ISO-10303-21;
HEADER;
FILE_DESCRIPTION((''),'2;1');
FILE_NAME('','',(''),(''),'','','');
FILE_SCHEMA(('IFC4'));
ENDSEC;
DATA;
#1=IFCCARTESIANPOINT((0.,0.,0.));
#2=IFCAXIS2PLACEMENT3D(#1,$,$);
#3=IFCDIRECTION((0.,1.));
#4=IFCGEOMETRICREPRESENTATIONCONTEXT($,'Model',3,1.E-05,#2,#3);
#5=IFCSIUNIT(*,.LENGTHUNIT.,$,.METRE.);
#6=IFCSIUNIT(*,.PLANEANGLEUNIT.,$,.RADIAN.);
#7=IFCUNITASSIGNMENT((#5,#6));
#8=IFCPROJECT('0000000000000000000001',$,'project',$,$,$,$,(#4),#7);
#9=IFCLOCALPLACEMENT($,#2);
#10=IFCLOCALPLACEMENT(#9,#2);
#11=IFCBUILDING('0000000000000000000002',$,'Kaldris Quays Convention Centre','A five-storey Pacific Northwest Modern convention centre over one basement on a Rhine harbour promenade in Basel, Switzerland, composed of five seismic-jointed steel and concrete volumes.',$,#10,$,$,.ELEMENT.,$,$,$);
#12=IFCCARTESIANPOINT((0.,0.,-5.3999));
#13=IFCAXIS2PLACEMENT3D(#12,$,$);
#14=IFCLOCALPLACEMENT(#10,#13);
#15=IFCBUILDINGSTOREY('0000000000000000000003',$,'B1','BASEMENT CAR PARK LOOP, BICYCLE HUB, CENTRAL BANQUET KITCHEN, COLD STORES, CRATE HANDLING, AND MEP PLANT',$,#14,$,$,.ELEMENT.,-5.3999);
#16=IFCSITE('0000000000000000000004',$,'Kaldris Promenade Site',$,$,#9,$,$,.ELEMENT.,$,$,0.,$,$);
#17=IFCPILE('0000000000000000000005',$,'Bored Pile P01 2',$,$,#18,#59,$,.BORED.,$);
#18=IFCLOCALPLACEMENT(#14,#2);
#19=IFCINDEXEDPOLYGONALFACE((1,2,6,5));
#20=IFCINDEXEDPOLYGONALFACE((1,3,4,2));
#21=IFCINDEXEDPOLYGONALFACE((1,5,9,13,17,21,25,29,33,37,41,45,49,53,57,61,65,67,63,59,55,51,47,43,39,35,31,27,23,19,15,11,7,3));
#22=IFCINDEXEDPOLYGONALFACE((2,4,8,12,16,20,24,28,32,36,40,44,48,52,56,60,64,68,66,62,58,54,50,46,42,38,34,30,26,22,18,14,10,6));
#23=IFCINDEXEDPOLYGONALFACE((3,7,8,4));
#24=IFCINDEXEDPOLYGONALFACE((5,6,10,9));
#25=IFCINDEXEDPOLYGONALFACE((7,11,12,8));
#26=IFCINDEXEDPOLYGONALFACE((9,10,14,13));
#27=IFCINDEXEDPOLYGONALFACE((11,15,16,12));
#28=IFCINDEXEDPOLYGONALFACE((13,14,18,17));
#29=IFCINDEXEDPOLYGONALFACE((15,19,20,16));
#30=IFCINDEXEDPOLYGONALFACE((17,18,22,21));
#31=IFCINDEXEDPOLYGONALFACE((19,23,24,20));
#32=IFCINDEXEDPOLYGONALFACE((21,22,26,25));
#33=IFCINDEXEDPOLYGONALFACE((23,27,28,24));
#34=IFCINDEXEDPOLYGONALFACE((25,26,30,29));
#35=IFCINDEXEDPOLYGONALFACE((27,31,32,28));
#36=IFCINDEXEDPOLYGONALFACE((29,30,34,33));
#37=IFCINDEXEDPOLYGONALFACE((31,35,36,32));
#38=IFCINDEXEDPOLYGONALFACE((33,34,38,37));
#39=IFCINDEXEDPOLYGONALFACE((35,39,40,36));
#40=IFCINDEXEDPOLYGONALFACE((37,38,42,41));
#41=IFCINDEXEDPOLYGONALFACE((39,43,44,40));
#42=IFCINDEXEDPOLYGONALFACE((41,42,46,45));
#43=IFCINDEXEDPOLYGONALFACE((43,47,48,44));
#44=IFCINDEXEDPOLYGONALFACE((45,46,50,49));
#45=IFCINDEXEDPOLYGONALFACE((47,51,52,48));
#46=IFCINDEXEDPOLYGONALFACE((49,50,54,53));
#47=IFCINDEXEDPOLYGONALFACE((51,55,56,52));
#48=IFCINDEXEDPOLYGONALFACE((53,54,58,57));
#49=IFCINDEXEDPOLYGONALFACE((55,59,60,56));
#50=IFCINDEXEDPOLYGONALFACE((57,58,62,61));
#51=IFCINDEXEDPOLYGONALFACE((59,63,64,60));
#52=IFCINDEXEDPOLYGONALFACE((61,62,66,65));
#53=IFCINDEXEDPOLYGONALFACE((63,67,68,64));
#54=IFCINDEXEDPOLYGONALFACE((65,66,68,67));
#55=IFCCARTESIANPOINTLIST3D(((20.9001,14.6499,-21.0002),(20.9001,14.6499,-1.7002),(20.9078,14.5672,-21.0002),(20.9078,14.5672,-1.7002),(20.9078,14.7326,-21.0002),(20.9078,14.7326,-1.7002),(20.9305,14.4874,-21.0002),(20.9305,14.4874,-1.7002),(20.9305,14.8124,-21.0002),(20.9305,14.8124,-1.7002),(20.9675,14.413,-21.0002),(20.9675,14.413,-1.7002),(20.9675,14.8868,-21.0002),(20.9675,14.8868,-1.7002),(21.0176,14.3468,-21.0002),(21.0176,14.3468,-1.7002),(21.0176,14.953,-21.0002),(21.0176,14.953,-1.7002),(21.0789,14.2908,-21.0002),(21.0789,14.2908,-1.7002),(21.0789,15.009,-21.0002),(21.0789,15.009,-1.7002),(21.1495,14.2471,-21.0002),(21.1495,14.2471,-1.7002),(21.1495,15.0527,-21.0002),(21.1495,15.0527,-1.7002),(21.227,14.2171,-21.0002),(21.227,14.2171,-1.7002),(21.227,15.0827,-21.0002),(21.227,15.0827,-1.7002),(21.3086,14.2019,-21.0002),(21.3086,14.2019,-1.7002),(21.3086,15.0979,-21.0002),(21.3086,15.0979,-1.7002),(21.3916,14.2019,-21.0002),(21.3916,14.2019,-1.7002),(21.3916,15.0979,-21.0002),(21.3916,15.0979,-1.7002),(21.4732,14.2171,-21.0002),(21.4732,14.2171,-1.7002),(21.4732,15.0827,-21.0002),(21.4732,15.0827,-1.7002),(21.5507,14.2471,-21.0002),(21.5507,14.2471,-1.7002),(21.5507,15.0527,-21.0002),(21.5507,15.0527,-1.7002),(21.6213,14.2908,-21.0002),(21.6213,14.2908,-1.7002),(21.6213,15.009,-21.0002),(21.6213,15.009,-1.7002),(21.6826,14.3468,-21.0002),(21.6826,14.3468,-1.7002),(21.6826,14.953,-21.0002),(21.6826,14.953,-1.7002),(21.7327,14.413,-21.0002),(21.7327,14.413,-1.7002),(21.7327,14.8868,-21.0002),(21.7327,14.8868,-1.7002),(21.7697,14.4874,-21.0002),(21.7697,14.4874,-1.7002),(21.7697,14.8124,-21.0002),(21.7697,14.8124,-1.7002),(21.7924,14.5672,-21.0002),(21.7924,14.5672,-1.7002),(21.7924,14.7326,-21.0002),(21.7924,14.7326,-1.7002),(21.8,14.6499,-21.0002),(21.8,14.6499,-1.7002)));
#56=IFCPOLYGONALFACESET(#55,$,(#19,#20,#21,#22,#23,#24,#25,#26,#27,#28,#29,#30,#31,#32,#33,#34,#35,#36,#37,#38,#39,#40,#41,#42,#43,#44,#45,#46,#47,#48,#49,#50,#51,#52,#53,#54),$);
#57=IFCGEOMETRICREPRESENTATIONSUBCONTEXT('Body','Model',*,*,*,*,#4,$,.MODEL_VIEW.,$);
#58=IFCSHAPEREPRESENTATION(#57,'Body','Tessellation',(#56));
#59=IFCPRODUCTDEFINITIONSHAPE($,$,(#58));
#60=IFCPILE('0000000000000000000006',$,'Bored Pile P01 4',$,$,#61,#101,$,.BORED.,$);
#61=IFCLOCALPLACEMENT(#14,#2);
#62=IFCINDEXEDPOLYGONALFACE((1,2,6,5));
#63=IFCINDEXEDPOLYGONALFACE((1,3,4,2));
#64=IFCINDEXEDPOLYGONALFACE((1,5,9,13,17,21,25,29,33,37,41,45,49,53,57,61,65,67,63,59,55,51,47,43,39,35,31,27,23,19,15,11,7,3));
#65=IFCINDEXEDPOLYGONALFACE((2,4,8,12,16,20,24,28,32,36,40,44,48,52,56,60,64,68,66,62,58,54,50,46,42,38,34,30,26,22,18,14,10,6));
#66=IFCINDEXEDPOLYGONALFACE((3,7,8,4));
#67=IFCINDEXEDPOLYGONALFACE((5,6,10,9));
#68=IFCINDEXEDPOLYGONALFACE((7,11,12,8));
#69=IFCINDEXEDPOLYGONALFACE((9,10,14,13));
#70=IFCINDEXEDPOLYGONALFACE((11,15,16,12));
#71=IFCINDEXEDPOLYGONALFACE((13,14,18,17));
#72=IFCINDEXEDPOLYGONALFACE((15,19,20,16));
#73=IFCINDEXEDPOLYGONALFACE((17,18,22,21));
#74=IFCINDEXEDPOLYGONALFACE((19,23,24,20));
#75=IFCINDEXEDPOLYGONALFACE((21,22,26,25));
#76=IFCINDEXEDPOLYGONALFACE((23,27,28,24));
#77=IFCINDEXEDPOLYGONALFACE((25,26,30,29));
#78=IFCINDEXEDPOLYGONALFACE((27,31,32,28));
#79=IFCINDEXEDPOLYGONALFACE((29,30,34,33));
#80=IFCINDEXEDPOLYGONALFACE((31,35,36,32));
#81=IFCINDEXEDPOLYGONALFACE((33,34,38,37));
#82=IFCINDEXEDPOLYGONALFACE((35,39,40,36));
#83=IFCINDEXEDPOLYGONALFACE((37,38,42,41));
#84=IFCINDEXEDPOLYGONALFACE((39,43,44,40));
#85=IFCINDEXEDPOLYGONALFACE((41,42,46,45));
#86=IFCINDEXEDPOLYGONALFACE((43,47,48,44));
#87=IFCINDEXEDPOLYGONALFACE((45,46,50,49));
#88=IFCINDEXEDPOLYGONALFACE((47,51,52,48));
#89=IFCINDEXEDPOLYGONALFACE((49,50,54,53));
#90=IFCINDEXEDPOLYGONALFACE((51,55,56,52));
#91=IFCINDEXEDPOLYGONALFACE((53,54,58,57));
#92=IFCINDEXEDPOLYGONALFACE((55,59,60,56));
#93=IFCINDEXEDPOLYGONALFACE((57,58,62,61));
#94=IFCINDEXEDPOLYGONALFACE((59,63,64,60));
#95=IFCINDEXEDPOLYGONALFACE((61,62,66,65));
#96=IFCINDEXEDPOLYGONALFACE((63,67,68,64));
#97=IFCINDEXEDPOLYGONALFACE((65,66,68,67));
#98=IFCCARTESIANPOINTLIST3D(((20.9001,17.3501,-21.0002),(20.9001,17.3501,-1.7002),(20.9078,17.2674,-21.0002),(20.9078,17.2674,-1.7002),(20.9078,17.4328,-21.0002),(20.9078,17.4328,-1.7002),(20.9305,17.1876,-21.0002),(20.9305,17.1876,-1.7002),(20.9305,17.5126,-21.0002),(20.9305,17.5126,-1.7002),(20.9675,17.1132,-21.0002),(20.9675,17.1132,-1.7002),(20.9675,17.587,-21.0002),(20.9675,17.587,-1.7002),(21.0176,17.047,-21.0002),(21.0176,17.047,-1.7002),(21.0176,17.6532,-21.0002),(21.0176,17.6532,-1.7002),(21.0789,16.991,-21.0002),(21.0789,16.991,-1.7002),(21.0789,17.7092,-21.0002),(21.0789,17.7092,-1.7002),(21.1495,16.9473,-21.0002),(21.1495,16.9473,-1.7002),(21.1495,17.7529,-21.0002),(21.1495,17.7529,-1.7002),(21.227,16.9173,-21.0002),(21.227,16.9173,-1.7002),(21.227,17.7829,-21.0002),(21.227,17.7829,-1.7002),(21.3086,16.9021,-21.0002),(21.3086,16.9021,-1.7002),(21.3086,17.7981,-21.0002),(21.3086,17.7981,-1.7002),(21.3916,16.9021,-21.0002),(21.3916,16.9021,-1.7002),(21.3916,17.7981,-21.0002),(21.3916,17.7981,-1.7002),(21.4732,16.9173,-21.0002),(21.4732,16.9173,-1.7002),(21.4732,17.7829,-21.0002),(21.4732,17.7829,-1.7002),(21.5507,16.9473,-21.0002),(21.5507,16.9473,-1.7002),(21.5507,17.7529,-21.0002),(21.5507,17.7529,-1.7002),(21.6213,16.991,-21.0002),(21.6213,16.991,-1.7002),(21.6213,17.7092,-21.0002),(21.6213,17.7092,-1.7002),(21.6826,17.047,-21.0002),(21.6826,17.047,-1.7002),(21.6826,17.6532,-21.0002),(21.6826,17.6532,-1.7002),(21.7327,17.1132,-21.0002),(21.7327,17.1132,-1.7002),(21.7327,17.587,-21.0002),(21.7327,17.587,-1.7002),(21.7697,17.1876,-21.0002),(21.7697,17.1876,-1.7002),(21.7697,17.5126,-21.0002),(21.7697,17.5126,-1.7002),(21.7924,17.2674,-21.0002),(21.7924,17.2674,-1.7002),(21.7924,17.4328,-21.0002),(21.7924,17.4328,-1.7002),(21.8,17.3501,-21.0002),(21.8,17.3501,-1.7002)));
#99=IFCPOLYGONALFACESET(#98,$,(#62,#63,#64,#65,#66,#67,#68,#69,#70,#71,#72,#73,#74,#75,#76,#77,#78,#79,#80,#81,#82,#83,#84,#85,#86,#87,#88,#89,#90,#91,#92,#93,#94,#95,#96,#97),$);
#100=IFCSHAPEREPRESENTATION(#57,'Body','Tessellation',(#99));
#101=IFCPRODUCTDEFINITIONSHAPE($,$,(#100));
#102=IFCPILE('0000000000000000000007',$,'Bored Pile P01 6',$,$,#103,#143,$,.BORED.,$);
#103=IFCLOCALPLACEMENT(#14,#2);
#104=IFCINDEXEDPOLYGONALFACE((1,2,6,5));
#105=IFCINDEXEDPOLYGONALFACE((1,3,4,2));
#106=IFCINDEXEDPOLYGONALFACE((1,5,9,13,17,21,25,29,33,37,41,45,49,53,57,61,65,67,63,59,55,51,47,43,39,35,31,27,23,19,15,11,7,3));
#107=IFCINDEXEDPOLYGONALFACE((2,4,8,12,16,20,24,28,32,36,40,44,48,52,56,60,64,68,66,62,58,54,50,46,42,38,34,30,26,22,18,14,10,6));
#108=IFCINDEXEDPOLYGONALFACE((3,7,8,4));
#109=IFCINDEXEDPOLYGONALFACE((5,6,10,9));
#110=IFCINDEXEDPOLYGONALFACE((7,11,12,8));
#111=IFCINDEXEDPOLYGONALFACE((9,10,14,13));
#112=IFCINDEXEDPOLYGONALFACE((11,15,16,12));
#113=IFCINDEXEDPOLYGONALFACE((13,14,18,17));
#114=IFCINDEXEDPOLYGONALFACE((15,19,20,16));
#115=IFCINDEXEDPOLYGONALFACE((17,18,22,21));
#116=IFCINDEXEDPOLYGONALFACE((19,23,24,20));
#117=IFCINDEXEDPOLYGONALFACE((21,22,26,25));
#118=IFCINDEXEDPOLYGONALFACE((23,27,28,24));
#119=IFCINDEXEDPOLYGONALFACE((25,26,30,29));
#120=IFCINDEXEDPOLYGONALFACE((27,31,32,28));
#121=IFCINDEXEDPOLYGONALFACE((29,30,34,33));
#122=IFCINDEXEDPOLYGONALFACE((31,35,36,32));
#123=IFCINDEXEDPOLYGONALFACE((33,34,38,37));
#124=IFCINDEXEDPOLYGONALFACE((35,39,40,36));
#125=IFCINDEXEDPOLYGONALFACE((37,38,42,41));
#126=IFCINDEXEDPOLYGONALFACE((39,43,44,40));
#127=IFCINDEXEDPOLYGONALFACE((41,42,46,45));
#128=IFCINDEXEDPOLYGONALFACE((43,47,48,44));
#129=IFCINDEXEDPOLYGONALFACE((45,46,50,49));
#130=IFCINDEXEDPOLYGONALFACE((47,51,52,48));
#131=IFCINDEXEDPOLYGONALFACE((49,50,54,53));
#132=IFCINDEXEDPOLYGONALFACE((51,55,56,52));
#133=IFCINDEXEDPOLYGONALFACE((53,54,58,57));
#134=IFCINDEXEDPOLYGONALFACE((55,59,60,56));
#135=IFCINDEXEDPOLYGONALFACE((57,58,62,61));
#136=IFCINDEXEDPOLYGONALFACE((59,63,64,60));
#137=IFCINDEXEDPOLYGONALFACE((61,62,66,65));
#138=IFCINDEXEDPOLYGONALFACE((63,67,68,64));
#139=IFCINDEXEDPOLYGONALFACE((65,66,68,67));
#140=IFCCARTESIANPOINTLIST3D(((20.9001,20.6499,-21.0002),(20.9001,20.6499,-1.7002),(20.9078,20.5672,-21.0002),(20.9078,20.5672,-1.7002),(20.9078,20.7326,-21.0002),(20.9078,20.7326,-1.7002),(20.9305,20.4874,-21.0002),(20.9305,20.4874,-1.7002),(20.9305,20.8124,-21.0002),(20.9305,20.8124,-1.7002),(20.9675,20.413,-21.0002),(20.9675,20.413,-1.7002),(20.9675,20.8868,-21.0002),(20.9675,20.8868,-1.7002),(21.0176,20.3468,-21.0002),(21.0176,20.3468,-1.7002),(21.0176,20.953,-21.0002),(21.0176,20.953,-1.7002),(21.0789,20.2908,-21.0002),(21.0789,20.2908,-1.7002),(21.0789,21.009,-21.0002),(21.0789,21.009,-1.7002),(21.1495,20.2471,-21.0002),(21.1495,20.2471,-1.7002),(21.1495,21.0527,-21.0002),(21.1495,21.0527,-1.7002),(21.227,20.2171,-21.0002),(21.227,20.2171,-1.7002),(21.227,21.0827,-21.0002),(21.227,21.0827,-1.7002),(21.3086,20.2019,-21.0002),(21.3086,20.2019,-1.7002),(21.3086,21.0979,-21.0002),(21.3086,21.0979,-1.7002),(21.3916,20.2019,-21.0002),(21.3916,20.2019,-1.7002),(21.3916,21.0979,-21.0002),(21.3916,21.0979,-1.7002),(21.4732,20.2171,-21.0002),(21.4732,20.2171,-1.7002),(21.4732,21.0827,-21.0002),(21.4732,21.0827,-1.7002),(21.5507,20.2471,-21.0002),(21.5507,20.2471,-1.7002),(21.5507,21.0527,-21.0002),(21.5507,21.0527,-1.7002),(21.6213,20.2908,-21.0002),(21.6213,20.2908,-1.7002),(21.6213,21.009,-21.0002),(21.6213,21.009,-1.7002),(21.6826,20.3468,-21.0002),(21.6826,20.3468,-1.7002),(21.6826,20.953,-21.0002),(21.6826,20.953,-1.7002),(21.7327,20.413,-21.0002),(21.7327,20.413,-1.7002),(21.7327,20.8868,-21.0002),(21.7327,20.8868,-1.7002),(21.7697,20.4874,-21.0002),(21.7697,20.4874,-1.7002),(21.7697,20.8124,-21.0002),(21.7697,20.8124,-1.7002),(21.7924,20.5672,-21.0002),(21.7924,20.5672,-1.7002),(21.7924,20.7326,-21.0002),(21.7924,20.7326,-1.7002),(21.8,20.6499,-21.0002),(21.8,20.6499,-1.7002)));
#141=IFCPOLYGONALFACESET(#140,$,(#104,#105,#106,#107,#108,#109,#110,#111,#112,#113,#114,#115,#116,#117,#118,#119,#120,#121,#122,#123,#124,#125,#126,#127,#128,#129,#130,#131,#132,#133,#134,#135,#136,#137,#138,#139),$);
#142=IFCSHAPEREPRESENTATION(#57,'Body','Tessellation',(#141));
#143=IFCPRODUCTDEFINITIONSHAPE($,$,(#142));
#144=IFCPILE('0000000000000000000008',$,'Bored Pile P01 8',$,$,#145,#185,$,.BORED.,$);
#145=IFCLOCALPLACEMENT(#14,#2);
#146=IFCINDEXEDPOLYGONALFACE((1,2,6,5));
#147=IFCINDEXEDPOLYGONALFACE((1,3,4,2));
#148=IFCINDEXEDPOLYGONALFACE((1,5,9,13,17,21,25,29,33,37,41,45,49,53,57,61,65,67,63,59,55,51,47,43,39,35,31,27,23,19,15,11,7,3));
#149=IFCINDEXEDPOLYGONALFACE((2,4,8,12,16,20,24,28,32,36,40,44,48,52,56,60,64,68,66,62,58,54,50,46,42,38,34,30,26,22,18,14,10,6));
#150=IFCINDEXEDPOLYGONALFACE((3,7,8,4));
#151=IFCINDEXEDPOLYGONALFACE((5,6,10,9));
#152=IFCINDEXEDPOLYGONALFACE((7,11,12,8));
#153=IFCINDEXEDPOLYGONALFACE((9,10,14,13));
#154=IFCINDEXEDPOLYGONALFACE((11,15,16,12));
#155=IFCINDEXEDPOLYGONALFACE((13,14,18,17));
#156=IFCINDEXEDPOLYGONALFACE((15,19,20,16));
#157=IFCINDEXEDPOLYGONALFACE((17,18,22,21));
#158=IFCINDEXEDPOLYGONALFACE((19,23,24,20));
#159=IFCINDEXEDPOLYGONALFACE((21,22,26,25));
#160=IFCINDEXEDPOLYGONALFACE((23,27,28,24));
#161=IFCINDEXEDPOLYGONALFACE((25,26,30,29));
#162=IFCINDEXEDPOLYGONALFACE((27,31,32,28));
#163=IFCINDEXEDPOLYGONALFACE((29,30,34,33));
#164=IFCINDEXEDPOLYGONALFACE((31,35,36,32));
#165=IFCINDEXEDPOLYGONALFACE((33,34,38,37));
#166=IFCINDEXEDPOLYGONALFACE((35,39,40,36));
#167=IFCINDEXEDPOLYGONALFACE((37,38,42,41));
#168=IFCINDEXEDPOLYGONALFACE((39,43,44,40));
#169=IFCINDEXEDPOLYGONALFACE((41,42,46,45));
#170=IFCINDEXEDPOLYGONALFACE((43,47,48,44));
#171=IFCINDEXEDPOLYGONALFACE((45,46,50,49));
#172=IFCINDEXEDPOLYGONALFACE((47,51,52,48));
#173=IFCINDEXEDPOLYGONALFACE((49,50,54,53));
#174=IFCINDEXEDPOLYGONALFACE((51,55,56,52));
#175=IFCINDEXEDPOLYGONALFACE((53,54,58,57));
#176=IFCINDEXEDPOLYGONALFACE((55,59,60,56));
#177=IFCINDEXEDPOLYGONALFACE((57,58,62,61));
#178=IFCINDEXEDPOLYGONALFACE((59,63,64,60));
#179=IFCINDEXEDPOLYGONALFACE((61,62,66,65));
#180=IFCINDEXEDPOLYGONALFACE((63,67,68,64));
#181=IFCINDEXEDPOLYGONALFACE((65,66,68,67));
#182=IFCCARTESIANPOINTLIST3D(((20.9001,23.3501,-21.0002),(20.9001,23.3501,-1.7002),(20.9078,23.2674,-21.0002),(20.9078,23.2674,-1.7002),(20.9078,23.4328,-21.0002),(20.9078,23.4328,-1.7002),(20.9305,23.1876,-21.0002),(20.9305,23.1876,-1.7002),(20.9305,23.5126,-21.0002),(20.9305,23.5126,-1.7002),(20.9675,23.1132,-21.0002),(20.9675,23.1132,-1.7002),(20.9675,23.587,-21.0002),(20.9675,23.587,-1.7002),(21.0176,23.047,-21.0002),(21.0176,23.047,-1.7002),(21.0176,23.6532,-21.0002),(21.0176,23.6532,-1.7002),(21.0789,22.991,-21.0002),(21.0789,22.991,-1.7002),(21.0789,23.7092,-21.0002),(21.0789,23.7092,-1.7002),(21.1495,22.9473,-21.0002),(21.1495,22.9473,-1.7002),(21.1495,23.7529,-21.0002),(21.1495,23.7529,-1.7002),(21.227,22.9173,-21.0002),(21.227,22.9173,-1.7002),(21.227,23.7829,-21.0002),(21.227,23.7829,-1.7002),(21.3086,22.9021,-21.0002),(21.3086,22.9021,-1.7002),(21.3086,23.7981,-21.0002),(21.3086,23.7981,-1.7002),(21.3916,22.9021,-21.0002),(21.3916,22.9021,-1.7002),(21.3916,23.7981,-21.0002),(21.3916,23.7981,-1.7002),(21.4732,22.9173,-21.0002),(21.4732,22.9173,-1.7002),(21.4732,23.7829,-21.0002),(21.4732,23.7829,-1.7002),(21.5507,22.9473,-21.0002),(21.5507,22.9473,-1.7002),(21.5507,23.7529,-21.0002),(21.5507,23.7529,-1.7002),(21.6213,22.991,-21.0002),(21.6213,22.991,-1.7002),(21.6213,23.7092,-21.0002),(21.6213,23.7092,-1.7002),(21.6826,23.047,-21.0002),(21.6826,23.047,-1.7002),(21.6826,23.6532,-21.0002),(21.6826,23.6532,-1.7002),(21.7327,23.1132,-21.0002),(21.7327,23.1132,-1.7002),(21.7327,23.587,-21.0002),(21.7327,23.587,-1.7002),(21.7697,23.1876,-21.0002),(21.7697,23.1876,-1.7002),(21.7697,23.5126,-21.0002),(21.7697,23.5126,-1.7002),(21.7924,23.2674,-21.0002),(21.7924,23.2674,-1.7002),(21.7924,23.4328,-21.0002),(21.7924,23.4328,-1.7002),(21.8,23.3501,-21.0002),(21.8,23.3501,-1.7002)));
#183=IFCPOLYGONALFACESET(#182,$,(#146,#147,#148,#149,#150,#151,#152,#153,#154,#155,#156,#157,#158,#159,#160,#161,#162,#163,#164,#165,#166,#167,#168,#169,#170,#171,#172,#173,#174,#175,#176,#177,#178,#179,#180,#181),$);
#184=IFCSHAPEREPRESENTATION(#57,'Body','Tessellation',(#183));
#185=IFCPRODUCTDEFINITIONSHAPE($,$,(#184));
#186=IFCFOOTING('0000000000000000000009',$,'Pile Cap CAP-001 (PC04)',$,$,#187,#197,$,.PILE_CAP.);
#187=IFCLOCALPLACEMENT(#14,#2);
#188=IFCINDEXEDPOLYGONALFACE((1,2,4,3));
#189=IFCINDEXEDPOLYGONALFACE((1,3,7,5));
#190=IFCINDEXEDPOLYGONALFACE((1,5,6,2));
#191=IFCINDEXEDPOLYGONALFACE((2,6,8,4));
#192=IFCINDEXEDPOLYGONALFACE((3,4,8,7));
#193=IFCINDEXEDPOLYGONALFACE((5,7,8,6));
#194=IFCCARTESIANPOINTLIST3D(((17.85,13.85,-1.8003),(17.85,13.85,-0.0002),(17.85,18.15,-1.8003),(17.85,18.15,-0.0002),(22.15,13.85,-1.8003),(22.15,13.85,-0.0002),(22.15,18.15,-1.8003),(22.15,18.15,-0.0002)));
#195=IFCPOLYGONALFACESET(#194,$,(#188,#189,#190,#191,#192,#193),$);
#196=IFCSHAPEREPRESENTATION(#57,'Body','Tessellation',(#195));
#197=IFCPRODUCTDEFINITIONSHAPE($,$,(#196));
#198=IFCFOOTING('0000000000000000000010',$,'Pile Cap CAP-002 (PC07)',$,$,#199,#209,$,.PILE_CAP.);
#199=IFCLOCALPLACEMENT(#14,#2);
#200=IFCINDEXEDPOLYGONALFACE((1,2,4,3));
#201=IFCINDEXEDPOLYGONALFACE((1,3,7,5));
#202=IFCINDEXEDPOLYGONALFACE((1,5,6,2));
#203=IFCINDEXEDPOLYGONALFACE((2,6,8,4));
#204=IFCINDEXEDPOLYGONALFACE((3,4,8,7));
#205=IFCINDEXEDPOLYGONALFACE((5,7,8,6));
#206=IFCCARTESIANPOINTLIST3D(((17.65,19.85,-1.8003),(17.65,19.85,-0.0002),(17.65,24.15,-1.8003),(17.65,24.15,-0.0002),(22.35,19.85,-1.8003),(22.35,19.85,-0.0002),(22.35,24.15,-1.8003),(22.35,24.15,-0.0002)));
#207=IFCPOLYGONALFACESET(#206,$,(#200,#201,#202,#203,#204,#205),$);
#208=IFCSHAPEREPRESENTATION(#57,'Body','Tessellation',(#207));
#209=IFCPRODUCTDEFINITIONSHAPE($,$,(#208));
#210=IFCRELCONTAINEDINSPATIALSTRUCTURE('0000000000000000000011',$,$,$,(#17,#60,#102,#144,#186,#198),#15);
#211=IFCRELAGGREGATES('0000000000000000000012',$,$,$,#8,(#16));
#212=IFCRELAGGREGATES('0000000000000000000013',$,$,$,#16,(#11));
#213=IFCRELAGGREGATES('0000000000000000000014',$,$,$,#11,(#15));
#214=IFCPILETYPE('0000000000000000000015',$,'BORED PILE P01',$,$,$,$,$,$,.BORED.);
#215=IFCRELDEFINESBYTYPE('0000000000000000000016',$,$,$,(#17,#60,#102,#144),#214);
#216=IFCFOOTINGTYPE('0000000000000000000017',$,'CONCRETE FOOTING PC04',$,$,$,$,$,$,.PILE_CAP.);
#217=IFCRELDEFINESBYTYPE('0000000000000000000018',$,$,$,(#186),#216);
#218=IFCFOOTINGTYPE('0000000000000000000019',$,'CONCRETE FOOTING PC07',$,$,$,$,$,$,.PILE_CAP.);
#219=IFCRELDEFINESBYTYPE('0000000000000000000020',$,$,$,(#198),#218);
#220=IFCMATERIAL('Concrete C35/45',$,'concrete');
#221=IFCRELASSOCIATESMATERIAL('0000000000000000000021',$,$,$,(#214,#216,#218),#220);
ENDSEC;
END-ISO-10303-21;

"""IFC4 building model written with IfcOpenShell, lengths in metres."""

from ifc_helpers import new_model, si_unit, direction, frame, origin, origin_2d, place, context, subcontext, project, spatial, rectangle, circle, extrude, material, material_profile, profile_set, type_object, element, save


model = new_model("IFC4")

# Units and contexts
model_context = context("Model", 3, precision=1e-05, world=origin(), true_north=direction((0.0, 1.0)))
body_context = subcontext(model_context, "Body", "Model", "MODEL_VIEW")
ifc_project = project(units=[si_unit("LENGTHUNIT", "METRE"), si_unit("PLANEANGLEUNIT", "RADIAN")], contexts=[model_context])

# Site, building, storey
site_placement = place(None, origin())
site = spatial("IfcSite", under=ifc_project, at=site_placement, Name="Kaldris Promenade Site", CompositionType="ELEMENT", RefElevation=0.0)
building_placement = place(site_placement, origin())
building = spatial("IfcBuilding", under=site, at=building_placement, Name="Kaldris Quays Convention Centre", Description="A five-storey Pacific Northwest Modern convention centre over one basement on a Rhine harbour promenade in Basel, Switzerland, composed of five seismic-jointed steel and concrete volumes.", CompositionType="ELEMENT")
storey_placement = place(building_placement, frame((0.0, 0.0, -5.3999)))
storey = spatial("IfcBuildingStorey", under=building, at=storey_placement, Name="B1", Description="BASEMENT CAR PARK LOOP, BICYCLE HUB, CENTRAL BANQUET KITCHEN, COLD STORES, CRATE HANDLING, AND MEP PLANT", CompositionType="ELEMENT", Elevation=-5.3999)

# Piles
ifc_material_1 = material(Name="Concrete C35/45", Category="concrete")
ifc_material_profile_1 = material_profile(ifc_material_1, circle(Radius=0.45, at=origin_2d()), Name="BORED PILE D900")
ifc_profile_set_1 = profile_set([ifc_material_profile_1], Name="Concrete C35/45")
pile_type = type_object("IfcPileType", Name="BORED PILE P01", PredefinedType="BORED", material=ifc_profile_set_1)
for number, where, z_axis, x_axis, name in (
    (1, (21.3501, 14.6499, -1.7002), (0.0, 0.0, -1.0), (1.0, 0.0, 0.0), "Bored Pile P01 2"),
    (2, (21.3501, 17.3501, -1.7002), (0.0, 0.0, -1.0), (1.0, 0.0, 0.0), "Bored Pile P01 4"),
    (3, (21.3501, 20.6499, -1.7002), (0.0, 0.0, -1.0), (1.0, 0.0, 0.0), "Bored Pile P01 6"),
    (4, (21.3501, 23.3501, -1.7002), (0.0, 0.0, -1.0), (1.0, 0.0, 0.0), "Bored Pile P01 8"),
):
    element("IfcPile", number, at=place(storey_placement, frame(where, z_axis=z_axis, x_axis=x_axis)), inside=storey, type_object=pile_type, Name=name, PredefinedType="BORED", context=body_context, shape_type="SweptSolid", body=[
        extrude(circle(Radius=0.45, at=origin_2d()), origin(), (0.0, 0.0, 1.0), 19.3),
    ])

# Footings
footing_type_1 = type_object("IfcFootingType", Name="CONCRETE FOOTING PC04", PredefinedType="PILE_CAP", material=ifc_material_1)
footing_1_placement = place(storey_placement, frame((20.0, 16.0, -1.8003), z_axis=(0.0, 0.0, 1.0), x_axis=(1.0, 0.0, 0.0)))
element("IfcFooting", 5, at=footing_1_placement, inside=storey, type_object=footing_type_1, Name="Pile Cap CAP-001 (PC04)", PredefinedType="PILE_CAP", context=body_context, shape_type="SweptSolid", body=[
    extrude(rectangle(XDim=4.3, YDim=4.3, at=origin_2d()), origin(), (0.0, 0.0, 1.0), 1.8),
])
footing_type_2 = type_object("IfcFootingType", Name="CONCRETE FOOTING PC07", PredefinedType="PILE_CAP", material=ifc_material_1)
footing_2_placement = place(storey_placement, frame((20.0, 22.0, -1.8003), z_axis=(0.0, 0.0, 1.0), x_axis=(1.0, 0.0, 0.0)))
element("IfcFooting", 6, at=footing_2_placement, inside=storey, type_object=footing_type_2, Name="Pile Cap CAP-002 (PC07)", PredefinedType="PILE_CAP", context=body_context, shape_type="SweptSolid", body=[
    extrude(rectangle(XDim=4.7, YDim=4.3, at=origin_2d()), origin(), (0.0, 0.0, 1.0), 1.8),
])

save(model, "model.ifc")
